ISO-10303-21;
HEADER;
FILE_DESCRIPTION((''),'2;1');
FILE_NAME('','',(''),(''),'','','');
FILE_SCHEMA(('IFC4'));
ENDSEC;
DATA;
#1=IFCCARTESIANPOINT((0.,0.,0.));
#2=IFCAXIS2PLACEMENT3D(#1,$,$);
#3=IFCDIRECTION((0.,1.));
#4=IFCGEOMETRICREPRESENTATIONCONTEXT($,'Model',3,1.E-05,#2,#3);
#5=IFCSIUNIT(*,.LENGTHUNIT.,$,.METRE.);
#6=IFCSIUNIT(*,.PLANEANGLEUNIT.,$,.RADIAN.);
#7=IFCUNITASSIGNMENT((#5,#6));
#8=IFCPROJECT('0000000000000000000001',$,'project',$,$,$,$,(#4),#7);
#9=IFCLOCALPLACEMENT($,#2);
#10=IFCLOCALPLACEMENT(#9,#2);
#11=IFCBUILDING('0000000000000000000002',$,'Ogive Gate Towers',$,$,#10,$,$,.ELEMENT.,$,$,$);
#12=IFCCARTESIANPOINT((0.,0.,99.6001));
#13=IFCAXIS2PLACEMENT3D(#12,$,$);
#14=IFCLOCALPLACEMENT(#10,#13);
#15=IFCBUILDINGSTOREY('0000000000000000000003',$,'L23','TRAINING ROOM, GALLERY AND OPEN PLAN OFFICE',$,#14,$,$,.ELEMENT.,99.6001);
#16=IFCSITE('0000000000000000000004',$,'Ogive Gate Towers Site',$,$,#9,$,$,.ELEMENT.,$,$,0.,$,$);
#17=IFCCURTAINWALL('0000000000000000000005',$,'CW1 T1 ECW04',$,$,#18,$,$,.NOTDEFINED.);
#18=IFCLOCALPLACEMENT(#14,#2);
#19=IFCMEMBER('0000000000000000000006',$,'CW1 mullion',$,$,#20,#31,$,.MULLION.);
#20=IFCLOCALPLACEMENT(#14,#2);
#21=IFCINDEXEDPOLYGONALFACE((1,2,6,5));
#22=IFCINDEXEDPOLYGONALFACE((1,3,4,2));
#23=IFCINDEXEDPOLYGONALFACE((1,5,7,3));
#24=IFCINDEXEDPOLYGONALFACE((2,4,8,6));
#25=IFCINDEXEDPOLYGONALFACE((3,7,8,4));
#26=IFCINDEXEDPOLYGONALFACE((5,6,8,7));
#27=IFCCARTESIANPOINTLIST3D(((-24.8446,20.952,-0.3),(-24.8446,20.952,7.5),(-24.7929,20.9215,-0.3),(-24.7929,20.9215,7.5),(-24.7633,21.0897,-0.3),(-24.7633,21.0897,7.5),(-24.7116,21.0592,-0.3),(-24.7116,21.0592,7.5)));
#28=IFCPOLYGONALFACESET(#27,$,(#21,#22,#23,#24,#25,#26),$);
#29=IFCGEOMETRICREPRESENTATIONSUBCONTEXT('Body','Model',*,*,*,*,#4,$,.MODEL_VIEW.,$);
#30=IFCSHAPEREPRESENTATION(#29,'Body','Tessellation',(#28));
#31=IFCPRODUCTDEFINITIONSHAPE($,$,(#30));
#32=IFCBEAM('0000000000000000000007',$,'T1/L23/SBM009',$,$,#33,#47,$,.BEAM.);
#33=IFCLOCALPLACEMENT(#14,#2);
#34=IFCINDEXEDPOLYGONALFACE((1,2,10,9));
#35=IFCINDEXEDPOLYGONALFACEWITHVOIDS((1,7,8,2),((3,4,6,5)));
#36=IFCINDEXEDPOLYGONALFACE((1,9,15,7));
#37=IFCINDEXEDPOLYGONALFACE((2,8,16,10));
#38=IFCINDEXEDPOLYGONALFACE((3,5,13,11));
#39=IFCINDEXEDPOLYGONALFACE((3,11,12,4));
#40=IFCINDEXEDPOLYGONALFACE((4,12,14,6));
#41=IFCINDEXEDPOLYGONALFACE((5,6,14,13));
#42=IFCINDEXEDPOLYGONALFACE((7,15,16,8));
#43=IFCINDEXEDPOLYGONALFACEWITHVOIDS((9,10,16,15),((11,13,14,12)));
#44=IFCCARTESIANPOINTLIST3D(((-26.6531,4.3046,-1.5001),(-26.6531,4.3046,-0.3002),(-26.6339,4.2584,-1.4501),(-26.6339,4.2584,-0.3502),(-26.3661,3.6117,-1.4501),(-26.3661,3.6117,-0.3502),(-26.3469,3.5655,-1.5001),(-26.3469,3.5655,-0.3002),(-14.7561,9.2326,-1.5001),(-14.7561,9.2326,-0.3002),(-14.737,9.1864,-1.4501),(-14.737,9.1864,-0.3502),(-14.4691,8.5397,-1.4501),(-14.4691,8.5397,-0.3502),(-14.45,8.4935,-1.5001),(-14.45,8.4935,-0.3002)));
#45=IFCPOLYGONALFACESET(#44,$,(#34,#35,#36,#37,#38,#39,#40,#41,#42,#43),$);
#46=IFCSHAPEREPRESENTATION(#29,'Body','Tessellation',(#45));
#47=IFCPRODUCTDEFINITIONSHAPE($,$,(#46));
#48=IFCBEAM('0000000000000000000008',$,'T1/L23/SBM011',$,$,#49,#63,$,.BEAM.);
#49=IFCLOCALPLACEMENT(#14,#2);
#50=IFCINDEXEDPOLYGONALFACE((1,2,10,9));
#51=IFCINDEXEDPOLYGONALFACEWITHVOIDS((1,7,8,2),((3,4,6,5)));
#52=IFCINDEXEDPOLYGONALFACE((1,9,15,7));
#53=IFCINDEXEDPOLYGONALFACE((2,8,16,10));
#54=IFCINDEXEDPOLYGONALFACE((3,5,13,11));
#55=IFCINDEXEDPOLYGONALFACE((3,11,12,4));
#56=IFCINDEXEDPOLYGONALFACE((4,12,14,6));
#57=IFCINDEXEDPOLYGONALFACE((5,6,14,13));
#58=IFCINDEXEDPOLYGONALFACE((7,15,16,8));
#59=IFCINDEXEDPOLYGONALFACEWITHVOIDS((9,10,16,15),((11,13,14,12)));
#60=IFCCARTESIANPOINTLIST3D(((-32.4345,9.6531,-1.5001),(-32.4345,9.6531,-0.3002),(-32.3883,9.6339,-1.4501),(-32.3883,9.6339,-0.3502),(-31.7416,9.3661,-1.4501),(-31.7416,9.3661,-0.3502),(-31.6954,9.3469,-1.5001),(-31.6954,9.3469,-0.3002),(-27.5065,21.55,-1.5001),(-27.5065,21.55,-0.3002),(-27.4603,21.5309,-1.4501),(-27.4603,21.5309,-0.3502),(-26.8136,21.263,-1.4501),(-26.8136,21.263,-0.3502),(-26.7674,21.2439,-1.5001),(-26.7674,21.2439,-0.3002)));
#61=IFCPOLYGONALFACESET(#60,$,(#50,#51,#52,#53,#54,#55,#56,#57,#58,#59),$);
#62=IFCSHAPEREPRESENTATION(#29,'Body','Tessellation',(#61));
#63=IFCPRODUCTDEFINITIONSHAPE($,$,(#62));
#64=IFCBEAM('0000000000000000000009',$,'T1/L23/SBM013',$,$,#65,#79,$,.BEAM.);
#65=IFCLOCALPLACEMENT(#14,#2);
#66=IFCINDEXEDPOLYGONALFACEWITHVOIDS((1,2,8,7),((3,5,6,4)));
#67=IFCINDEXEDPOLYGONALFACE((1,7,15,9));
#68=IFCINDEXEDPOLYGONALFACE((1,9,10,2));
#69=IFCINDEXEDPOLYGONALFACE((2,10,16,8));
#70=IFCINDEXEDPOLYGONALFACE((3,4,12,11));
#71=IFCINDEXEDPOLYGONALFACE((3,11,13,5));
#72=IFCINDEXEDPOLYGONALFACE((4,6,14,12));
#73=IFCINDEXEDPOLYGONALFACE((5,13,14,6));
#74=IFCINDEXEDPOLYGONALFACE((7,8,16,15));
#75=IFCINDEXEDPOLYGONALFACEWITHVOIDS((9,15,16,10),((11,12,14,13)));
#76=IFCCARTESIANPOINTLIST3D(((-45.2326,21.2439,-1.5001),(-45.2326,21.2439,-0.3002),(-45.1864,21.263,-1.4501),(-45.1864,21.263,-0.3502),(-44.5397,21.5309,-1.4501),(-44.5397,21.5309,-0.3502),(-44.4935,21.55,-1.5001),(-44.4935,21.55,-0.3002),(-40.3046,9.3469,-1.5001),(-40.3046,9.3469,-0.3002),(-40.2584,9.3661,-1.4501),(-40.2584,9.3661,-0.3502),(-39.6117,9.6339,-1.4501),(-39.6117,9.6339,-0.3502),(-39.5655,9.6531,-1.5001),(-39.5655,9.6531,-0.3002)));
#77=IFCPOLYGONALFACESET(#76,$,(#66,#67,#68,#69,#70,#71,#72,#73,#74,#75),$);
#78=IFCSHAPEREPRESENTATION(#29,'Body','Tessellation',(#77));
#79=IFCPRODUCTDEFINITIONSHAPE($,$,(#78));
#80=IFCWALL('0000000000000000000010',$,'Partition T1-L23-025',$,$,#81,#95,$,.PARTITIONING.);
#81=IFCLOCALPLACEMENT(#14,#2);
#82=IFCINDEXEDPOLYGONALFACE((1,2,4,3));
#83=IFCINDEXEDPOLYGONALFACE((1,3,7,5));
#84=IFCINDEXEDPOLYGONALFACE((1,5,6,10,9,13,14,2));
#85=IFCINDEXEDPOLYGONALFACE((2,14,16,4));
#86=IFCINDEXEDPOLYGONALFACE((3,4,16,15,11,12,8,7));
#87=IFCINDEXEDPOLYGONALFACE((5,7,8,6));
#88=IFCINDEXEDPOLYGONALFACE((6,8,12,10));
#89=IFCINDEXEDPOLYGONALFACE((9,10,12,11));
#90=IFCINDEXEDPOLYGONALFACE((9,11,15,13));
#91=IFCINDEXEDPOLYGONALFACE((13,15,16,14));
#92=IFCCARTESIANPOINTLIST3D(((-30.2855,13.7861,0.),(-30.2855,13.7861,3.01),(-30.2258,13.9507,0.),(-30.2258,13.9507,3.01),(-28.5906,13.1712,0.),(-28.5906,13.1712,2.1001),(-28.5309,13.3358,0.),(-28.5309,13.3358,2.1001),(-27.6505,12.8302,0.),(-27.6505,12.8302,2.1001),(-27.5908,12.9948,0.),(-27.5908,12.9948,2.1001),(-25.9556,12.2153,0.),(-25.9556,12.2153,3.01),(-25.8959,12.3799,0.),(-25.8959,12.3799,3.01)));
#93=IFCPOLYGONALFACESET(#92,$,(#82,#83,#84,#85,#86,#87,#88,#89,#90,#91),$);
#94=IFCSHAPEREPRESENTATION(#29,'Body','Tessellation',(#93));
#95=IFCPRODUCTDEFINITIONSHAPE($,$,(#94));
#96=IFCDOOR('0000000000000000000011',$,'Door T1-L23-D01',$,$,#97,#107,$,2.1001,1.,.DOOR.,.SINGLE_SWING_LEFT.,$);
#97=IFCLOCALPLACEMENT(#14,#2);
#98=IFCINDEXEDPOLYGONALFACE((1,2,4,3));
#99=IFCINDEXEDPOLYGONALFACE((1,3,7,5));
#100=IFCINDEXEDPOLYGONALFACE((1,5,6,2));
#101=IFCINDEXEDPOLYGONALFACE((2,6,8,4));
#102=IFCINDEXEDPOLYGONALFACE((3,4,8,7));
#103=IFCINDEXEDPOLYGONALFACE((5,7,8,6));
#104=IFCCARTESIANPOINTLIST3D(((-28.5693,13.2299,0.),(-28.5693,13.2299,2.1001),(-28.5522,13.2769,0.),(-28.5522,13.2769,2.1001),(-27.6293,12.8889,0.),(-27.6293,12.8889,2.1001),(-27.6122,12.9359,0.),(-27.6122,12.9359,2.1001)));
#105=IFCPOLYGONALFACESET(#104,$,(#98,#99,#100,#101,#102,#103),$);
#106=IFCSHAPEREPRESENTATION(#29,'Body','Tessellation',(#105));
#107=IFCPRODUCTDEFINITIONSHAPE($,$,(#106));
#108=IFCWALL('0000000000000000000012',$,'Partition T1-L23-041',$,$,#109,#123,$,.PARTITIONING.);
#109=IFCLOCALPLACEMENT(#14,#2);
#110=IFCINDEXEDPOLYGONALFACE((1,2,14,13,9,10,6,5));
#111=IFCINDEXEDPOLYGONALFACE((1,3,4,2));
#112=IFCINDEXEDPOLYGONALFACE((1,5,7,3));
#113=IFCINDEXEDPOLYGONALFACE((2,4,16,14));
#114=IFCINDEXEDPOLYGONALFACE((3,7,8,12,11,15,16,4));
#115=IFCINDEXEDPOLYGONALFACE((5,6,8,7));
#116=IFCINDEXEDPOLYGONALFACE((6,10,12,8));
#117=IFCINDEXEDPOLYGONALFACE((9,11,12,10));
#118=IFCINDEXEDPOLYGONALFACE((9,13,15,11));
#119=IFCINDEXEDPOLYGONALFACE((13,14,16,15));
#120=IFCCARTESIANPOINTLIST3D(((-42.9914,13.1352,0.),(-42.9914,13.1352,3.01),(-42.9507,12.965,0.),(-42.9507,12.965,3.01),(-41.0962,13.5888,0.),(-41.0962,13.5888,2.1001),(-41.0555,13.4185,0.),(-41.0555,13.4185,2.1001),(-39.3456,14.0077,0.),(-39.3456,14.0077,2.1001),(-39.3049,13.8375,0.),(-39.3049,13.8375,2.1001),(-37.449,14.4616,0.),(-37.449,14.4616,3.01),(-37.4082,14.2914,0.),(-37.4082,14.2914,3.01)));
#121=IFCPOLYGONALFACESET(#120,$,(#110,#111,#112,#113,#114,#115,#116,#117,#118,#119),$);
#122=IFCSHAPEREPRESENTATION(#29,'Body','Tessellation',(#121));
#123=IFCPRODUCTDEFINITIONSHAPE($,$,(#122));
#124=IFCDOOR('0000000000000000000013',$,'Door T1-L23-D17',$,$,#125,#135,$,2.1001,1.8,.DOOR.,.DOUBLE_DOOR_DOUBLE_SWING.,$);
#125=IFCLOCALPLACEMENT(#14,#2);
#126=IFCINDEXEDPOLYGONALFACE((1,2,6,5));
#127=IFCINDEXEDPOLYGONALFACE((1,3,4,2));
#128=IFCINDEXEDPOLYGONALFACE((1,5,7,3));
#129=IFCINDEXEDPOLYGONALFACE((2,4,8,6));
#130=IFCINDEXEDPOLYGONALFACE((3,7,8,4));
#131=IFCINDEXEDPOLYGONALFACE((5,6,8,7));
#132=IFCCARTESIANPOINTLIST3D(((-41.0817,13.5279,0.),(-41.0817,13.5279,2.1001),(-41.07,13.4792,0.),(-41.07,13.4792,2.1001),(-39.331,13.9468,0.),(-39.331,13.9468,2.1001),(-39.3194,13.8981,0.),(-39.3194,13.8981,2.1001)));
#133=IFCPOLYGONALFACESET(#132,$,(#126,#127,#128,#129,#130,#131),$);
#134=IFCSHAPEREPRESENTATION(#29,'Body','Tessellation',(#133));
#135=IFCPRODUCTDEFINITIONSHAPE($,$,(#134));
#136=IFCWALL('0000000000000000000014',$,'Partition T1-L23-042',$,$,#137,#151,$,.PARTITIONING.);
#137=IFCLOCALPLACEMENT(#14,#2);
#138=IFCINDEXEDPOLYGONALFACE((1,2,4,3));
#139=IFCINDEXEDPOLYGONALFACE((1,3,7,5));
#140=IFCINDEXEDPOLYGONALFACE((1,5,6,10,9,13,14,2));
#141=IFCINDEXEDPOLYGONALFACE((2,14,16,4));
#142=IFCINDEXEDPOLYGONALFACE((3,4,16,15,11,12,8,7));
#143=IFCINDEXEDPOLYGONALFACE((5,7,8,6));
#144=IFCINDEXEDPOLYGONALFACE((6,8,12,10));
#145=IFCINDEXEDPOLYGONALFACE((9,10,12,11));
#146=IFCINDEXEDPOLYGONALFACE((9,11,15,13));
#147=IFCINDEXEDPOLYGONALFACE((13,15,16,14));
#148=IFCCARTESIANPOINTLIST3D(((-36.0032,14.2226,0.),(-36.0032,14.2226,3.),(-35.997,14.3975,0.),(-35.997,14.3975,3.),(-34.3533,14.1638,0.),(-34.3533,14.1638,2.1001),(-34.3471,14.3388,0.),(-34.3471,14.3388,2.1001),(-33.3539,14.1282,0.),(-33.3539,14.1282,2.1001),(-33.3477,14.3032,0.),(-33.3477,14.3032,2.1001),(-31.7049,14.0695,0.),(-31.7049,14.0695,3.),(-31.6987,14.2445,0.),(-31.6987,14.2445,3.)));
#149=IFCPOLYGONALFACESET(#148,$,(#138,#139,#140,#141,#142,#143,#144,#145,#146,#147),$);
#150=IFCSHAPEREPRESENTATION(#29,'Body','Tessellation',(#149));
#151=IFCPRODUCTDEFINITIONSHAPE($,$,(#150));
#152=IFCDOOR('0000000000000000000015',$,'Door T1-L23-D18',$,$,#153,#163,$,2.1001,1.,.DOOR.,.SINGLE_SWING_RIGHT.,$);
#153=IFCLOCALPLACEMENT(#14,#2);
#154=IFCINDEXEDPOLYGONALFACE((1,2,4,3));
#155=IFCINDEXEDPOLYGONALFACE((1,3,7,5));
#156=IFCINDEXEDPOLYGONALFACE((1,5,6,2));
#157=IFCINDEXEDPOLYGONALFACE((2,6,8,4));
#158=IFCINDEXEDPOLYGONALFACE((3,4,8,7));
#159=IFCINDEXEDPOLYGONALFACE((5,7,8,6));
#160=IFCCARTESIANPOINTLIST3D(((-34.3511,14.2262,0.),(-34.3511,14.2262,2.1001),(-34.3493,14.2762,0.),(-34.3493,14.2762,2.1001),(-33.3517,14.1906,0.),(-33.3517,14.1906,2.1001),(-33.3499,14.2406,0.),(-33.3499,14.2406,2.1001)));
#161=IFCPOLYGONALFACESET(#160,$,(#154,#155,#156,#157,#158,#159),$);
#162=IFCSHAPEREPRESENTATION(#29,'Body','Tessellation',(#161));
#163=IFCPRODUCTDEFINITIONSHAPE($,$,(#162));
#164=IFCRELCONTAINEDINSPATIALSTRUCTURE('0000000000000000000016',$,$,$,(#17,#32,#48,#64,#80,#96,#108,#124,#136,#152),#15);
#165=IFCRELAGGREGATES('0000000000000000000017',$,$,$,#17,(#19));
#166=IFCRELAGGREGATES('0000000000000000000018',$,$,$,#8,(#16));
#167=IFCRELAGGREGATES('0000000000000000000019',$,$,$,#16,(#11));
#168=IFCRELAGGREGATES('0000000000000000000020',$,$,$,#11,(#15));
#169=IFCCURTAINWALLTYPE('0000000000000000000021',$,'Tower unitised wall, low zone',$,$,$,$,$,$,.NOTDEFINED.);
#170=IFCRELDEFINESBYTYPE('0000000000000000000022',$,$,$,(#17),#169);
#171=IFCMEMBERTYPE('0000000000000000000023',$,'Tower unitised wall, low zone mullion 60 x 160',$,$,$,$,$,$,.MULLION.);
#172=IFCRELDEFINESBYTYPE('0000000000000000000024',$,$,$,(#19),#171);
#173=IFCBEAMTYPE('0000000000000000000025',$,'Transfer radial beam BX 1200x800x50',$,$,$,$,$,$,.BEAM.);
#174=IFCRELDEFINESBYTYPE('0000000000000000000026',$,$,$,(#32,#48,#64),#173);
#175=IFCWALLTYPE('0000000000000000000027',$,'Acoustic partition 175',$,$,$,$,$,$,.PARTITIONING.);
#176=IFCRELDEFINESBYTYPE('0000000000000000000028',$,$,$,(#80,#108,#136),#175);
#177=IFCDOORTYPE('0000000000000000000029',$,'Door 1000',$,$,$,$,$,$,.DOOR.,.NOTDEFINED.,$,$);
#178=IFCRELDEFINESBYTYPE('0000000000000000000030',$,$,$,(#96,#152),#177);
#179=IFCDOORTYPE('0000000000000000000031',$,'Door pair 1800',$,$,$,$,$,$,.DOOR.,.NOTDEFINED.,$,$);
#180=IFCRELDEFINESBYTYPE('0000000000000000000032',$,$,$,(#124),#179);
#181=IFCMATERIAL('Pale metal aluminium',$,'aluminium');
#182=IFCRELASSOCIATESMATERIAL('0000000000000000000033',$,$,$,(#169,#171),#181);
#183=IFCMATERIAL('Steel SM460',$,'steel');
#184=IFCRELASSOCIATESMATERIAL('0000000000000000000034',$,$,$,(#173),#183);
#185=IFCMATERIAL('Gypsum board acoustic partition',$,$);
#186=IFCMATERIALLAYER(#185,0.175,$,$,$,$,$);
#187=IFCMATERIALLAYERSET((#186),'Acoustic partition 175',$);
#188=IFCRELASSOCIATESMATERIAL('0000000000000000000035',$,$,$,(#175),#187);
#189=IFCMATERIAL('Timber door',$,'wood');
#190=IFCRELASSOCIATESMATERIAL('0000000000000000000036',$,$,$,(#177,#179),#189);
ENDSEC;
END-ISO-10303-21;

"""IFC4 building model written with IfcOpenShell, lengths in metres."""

from ifc_helpers import new_model, si_unit, direction, frame, frame_2d, origin, origin_2d, place, context, subcontext, project, spatial, rectangle, hollow_rectangle, extrude, material, layer, layer_set, material_profile, profile_set, type_object, element, fill, aggregate, save


model = new_model("IFC4")

# Units and contexts
model_context = context("Model", 3, precision=1e-05, world=origin(), true_north=direction((0.0, 1.0)))
body_context = subcontext(model_context, "Body", "Model", "MODEL_VIEW")
ifc_project = project(units=[si_unit("LENGTHUNIT", "METRE"), si_unit("PLANEANGLEUNIT", "RADIAN")], contexts=[model_context])

# Site, building, storey
site_placement = place(None, origin())
site = spatial("IfcSite", under=ifc_project, at=site_placement, Name="Ogive Gate Towers Site", CompositionType="ELEMENT", RefElevation=0.0)
building_placement = place(site_placement, origin())
building = spatial("IfcBuilding", under=site, at=building_placement, Name="Ogive Gate Towers", CompositionType="ELEMENT")
storey_placement = place(building_placement, frame((0.0, 0.0, 99.6001)))
storey = spatial("IfcBuildingStorey", under=building, at=storey_placement, Name="L23", Description="TRAINING ROOM, GALLERY AND OPEN PLAN OFFICE", CompositionType="ELEMENT", Elevation=99.6001)

# Shared definitions
ifc_material_1 = material(Name="Steel SM460", Category="steel")

# Curtain wall, member
ifc_material_2 = material(Name="Pale metal aluminium", Category="aluminium")
curtain_wall_type = type_object("IfcCurtainWallType", Name="Tower unitised wall, low zone", PredefinedType="NOTDEFINED", material=ifc_material_2)
curtain_wall_placement = place(storey_placement, origin())
curtain_wall = element("IfcCurtainWall", 1, at=curtain_wall_placement, inside=storey, type_object=curtain_wall_type, Name="CW1 T1 ECW04", PredefinedType="NOTDEFINED")
ifc_material_profile_1 = material_profile(ifc_material_2, rectangle(XDim=0.1599, YDim=0.0601, at=origin_2d()), Name="60 x 160 aluminium box")
ifc_profile_set_1 = profile_set([ifc_material_profile_1], Name="Pale metal aluminium")
member_type = type_object("IfcMemberType", Name="Tower unitised wall, low zone mullion 60 x 160", PredefinedType="MULLION", material=ifc_profile_set_1)
member_placement = place(storey_placement, frame((-24.7781, 21.0056, -0.3), z_axis=(0.0, 0.0, 1.0), x_axis=(-0.508546, -0.861035, 0.0)))
member = element("IfcMember", 2, at=member_placement, type_object=member_type, Name="CW1 mullion", PredefinedType="MULLION", context=body_context, shape_type="SweptSolid", body=[
    extrude(rectangle(XDim=0.1599, YDim=0.0601, at=origin_2d()), origin(), (0.0, 0.0, 1.0), 7.8),
])
aggregate(curtain_wall, [member])

# Beams
ifc_material_profile_2 = material_profile(ifc_material_1, hollow_rectangle(XDim=0.8, YDim=1.2, WallThickness=0.05, at=origin_2d()), Name="BX 1200x800x50")
ifc_profile_set_2 = profile_set([ifc_material_profile_2], Name="Steel SM460")
beam_type_1 = type_object("IfcBeamType", Name="Transfer radial beam BX 1200x800x50", PredefinedType="BEAM", material=ifc_profile_set_2)
for number, where, z_axis, x_axis, name in (
    (3, (-26.5, 3.9351, -0.9001), (0.923877, 0.382689, 0.0), (-0.382689, 0.923877, 0.0), "T1/L23/SBM009"),
    (4, (-32.0649, 9.5, -0.9001), (0.382689, 0.923877, 0.0), (-0.923877, 0.382689, 0.0), "T1/L23/SBM011"),
    (5, (-39.9351, 9.5, -0.9001), (-0.382689, 0.923877, 0.0), (-0.923877, -0.382689, 0.0), "T1/L23/SBM013"),
):
    element("IfcBeam", number, at=place(storey_placement, frame(where, z_axis=z_axis, x_axis=x_axis)), inside=storey, type_object=beam_type_1, Name=name, PredefinedType="BEAM", context=body_context, shape_type="SweptSolid", body=[
        extrude(hollow_rectangle(XDim=0.8, YDim=1.2, WallThickness=0.05, at=origin_2d()), origin(), (0.0, 0.0, 1.0), 12.8772),
    ])

# Walls, openings, doors
ifc_material_3 = material(Name="Gypsum board acoustic partition")
ifc_layer_1 = layer(ifc_material_3, 0.175)
ifc_layer_set_1 = layer_set([ifc_layer_1], Name="Acoustic partition 175")
wall_type_1 = type_object("IfcWallType", Name="Acoustic partition 175", PredefinedType="PARTITIONING", material=ifc_layer_set_1)
wall_1_placement = place(storey_placement, frame((-30.2556, 13.8684, 0.0), z_axis=(0.0, 0.0, 1.0), x_axis=(0.94005, -0.341036, 0.0)))
wall_1 = element("IfcWall", 6, at=wall_1_placement, inside=storey, type_object=wall_type_1, Name="Partition T1-L23-025", PredefinedType="PARTITIONING", context=body_context, shape_type="SweptSolid", body=[
    extrude(rectangle(XDim=4.606, YDim=0.175, at=frame_2d((2.303, 0.0))), origin(), (0.0, 0.0, 1.0), 3.01),
])
opening_1_placement = place(wall_1_placement, frame((1.803, 0.0, 0.0)))
opening_1 = element("IfcOpeningElement", 7, at=opening_1_placement, cuts=wall_1, PredefinedType="OPENING", context=body_context, shape_type="SweptSolid", body=[
    extrude(rectangle(XDim=1.0, YDim=2.1001, at=frame_2d((0.5, 1.05))), frame((0.0, 0.0977, 0.0), z_axis=(0.0, -1.0, 0.0), x_axis=(1.0, 0.0, 0.0)), (0.0, 0.0, 1.0), 0.1951),
])
ifc_material_4 = material(Name="Timber door", Category="wood")
door_type_1 = type_object("IfcDoorType", Name="Door 1000", OperationType="NOTDEFINED", PredefinedType="DOOR", material=ifc_material_4)
door_1_placement = place(opening_1_placement, origin())
door_1 = element("IfcDoor", 8, at=door_1_placement, inside=storey, type_object=door_type_1, Name="Door T1-L23-D01", OperationType="SINGLE_SWING_LEFT", OverallHeight=2.1001, OverallWidth=1.0, PredefinedType="DOOR", context=body_context, shape_type="SweptSolid", body=[
    extrude(rectangle(XDim=1.0, YDim=2.1001, at=frame_2d((0.5, 1.05))), frame((0.0, 0.0249, 0.0), z_axis=(0.0, -1.0, 0.0), x_axis=(1.0, 0.0, 0.0)), (0.0, 0.0, 1.0), 0.05),
])
fill(opening_1, door_1)
wall_2_placement = place(storey_placement, frame((-42.9712, 13.05, 0.0), z_axis=(0.0, 0.0, 1.0), x_axis=(0.972538, 0.232746, 0.0)))
wall_2 = element("IfcWall", 9, at=wall_2_placement, inside=storey, type_object=wall_type_1, Name="Partition T1-L23-041", PredefinedType="PARTITIONING", context=body_context, shape_type="SweptSolid", body=[
    extrude(rectangle(XDim=5.699, YDim=0.175, at=frame_2d((2.8496, 0.0))), origin(), (0.0, 0.0, 1.0), 3.01),
])
opening_2_placement = place(wall_2_placement, frame((1.949, 0.0, 0.0)))
opening_2 = element("IfcOpeningElement", 10, at=opening_2_placement, cuts=wall_2, PredefinedType="OPENING", context=body_context, shape_type="SweptSolid", body=[
    extrude(rectangle(XDim=1.8, YDim=2.1001, at=frame_2d((0.8999, 1.05))), frame((0.0, 0.0977, 0.0), z_axis=(0.0, -1.0, 0.0), x_axis=(1.0, 0.0, 0.0)), (0.0, 0.0, 1.0), 0.1951),
])
door_type_2 = type_object("IfcDoorType", Name="Door pair 1800", OperationType="NOTDEFINED", PredefinedType="DOOR", material=ifc_material_4)
door_2_placement = place(opening_2_placement, origin())
door_2 = element("IfcDoor", 11, at=door_2_placement, inside=storey, type_object=door_type_2, Name="Door T1-L23-D17", OperationType="DOUBLE_DOOR_DOUBLE_SWING", OverallHeight=2.1001, OverallWidth=1.8, PredefinedType="DOOR", context=body_context, shape_type="SweptSolid", body=[
    extrude(rectangle(XDim=1.8, YDim=2.1001, at=frame_2d((0.8999, 1.05))), frame((0.0, 0.0249, 0.0), z_axis=(0.0, -1.0, 0.0), x_axis=(1.0, 0.0, 0.0)), (0.0, 0.0, 1.0), 0.05),
])
fill(opening_2, door_2)
wall_3_placement = place(storey_placement, frame((-36.0, 14.3101, 0.0), z_axis=(0.0, 0.0, 1.0), x_axis=(0.999366, -0.03559, 0.0)))
wall_3 = element("IfcWall", 12, at=wall_3_placement, inside=storey, type_object=wall_type_1, Name="Partition T1-L23-042", PredefinedType="PARTITIONING", context=body_context, shape_type="SweptSolid", body=[
    extrude(rectangle(XDim=4.301, YDim=0.175, at=frame_2d((2.1504, 0.0))), origin(), (0.0, 0.0, 1.0), 3.0),
])
opening_3_placement = place(wall_3_placement, frame((1.6509, 0.0, 0.0)))
opening_3 = element("IfcOpeningElement", 13, at=opening_3_placement, cuts=wall_3, PredefinedType="OPENING", context=body_context, shape_type="SweptSolid", body=[
    extrude(rectangle(XDim=1.0, YDim=2.1001, at=frame_2d((0.5, 1.05))), frame((0.0, 0.0977, 0.0), z_axis=(0.0, -1.0, 0.0), x_axis=(1.0, 0.0, 0.0)), (0.0, 0.0, 1.0), 0.1951),
])
door_3_placement = place(opening_3_placement, origin())
door_3 = element("IfcDoor", 14, at=door_3_placement, inside=storey, type_object=door_type_1, Name="Door T1-L23-D18", OperationType="SINGLE_SWING_RIGHT", OverallHeight=2.1001, OverallWidth=1.0, PredefinedType="DOOR", context=body_context, shape_type="SweptSolid", body=[
    extrude(rectangle(XDim=1.0, YDim=2.1001, at=frame_2d((0.5, 1.05))), frame((0.0, 0.0249, 0.0), z_axis=(0.0, -1.0, 0.0), x_axis=(1.0, 0.0, 0.0)), (0.0, 0.0, 1.0), 0.05),
])
fill(opening_3, door_3)

save(model, "model.ifc")
